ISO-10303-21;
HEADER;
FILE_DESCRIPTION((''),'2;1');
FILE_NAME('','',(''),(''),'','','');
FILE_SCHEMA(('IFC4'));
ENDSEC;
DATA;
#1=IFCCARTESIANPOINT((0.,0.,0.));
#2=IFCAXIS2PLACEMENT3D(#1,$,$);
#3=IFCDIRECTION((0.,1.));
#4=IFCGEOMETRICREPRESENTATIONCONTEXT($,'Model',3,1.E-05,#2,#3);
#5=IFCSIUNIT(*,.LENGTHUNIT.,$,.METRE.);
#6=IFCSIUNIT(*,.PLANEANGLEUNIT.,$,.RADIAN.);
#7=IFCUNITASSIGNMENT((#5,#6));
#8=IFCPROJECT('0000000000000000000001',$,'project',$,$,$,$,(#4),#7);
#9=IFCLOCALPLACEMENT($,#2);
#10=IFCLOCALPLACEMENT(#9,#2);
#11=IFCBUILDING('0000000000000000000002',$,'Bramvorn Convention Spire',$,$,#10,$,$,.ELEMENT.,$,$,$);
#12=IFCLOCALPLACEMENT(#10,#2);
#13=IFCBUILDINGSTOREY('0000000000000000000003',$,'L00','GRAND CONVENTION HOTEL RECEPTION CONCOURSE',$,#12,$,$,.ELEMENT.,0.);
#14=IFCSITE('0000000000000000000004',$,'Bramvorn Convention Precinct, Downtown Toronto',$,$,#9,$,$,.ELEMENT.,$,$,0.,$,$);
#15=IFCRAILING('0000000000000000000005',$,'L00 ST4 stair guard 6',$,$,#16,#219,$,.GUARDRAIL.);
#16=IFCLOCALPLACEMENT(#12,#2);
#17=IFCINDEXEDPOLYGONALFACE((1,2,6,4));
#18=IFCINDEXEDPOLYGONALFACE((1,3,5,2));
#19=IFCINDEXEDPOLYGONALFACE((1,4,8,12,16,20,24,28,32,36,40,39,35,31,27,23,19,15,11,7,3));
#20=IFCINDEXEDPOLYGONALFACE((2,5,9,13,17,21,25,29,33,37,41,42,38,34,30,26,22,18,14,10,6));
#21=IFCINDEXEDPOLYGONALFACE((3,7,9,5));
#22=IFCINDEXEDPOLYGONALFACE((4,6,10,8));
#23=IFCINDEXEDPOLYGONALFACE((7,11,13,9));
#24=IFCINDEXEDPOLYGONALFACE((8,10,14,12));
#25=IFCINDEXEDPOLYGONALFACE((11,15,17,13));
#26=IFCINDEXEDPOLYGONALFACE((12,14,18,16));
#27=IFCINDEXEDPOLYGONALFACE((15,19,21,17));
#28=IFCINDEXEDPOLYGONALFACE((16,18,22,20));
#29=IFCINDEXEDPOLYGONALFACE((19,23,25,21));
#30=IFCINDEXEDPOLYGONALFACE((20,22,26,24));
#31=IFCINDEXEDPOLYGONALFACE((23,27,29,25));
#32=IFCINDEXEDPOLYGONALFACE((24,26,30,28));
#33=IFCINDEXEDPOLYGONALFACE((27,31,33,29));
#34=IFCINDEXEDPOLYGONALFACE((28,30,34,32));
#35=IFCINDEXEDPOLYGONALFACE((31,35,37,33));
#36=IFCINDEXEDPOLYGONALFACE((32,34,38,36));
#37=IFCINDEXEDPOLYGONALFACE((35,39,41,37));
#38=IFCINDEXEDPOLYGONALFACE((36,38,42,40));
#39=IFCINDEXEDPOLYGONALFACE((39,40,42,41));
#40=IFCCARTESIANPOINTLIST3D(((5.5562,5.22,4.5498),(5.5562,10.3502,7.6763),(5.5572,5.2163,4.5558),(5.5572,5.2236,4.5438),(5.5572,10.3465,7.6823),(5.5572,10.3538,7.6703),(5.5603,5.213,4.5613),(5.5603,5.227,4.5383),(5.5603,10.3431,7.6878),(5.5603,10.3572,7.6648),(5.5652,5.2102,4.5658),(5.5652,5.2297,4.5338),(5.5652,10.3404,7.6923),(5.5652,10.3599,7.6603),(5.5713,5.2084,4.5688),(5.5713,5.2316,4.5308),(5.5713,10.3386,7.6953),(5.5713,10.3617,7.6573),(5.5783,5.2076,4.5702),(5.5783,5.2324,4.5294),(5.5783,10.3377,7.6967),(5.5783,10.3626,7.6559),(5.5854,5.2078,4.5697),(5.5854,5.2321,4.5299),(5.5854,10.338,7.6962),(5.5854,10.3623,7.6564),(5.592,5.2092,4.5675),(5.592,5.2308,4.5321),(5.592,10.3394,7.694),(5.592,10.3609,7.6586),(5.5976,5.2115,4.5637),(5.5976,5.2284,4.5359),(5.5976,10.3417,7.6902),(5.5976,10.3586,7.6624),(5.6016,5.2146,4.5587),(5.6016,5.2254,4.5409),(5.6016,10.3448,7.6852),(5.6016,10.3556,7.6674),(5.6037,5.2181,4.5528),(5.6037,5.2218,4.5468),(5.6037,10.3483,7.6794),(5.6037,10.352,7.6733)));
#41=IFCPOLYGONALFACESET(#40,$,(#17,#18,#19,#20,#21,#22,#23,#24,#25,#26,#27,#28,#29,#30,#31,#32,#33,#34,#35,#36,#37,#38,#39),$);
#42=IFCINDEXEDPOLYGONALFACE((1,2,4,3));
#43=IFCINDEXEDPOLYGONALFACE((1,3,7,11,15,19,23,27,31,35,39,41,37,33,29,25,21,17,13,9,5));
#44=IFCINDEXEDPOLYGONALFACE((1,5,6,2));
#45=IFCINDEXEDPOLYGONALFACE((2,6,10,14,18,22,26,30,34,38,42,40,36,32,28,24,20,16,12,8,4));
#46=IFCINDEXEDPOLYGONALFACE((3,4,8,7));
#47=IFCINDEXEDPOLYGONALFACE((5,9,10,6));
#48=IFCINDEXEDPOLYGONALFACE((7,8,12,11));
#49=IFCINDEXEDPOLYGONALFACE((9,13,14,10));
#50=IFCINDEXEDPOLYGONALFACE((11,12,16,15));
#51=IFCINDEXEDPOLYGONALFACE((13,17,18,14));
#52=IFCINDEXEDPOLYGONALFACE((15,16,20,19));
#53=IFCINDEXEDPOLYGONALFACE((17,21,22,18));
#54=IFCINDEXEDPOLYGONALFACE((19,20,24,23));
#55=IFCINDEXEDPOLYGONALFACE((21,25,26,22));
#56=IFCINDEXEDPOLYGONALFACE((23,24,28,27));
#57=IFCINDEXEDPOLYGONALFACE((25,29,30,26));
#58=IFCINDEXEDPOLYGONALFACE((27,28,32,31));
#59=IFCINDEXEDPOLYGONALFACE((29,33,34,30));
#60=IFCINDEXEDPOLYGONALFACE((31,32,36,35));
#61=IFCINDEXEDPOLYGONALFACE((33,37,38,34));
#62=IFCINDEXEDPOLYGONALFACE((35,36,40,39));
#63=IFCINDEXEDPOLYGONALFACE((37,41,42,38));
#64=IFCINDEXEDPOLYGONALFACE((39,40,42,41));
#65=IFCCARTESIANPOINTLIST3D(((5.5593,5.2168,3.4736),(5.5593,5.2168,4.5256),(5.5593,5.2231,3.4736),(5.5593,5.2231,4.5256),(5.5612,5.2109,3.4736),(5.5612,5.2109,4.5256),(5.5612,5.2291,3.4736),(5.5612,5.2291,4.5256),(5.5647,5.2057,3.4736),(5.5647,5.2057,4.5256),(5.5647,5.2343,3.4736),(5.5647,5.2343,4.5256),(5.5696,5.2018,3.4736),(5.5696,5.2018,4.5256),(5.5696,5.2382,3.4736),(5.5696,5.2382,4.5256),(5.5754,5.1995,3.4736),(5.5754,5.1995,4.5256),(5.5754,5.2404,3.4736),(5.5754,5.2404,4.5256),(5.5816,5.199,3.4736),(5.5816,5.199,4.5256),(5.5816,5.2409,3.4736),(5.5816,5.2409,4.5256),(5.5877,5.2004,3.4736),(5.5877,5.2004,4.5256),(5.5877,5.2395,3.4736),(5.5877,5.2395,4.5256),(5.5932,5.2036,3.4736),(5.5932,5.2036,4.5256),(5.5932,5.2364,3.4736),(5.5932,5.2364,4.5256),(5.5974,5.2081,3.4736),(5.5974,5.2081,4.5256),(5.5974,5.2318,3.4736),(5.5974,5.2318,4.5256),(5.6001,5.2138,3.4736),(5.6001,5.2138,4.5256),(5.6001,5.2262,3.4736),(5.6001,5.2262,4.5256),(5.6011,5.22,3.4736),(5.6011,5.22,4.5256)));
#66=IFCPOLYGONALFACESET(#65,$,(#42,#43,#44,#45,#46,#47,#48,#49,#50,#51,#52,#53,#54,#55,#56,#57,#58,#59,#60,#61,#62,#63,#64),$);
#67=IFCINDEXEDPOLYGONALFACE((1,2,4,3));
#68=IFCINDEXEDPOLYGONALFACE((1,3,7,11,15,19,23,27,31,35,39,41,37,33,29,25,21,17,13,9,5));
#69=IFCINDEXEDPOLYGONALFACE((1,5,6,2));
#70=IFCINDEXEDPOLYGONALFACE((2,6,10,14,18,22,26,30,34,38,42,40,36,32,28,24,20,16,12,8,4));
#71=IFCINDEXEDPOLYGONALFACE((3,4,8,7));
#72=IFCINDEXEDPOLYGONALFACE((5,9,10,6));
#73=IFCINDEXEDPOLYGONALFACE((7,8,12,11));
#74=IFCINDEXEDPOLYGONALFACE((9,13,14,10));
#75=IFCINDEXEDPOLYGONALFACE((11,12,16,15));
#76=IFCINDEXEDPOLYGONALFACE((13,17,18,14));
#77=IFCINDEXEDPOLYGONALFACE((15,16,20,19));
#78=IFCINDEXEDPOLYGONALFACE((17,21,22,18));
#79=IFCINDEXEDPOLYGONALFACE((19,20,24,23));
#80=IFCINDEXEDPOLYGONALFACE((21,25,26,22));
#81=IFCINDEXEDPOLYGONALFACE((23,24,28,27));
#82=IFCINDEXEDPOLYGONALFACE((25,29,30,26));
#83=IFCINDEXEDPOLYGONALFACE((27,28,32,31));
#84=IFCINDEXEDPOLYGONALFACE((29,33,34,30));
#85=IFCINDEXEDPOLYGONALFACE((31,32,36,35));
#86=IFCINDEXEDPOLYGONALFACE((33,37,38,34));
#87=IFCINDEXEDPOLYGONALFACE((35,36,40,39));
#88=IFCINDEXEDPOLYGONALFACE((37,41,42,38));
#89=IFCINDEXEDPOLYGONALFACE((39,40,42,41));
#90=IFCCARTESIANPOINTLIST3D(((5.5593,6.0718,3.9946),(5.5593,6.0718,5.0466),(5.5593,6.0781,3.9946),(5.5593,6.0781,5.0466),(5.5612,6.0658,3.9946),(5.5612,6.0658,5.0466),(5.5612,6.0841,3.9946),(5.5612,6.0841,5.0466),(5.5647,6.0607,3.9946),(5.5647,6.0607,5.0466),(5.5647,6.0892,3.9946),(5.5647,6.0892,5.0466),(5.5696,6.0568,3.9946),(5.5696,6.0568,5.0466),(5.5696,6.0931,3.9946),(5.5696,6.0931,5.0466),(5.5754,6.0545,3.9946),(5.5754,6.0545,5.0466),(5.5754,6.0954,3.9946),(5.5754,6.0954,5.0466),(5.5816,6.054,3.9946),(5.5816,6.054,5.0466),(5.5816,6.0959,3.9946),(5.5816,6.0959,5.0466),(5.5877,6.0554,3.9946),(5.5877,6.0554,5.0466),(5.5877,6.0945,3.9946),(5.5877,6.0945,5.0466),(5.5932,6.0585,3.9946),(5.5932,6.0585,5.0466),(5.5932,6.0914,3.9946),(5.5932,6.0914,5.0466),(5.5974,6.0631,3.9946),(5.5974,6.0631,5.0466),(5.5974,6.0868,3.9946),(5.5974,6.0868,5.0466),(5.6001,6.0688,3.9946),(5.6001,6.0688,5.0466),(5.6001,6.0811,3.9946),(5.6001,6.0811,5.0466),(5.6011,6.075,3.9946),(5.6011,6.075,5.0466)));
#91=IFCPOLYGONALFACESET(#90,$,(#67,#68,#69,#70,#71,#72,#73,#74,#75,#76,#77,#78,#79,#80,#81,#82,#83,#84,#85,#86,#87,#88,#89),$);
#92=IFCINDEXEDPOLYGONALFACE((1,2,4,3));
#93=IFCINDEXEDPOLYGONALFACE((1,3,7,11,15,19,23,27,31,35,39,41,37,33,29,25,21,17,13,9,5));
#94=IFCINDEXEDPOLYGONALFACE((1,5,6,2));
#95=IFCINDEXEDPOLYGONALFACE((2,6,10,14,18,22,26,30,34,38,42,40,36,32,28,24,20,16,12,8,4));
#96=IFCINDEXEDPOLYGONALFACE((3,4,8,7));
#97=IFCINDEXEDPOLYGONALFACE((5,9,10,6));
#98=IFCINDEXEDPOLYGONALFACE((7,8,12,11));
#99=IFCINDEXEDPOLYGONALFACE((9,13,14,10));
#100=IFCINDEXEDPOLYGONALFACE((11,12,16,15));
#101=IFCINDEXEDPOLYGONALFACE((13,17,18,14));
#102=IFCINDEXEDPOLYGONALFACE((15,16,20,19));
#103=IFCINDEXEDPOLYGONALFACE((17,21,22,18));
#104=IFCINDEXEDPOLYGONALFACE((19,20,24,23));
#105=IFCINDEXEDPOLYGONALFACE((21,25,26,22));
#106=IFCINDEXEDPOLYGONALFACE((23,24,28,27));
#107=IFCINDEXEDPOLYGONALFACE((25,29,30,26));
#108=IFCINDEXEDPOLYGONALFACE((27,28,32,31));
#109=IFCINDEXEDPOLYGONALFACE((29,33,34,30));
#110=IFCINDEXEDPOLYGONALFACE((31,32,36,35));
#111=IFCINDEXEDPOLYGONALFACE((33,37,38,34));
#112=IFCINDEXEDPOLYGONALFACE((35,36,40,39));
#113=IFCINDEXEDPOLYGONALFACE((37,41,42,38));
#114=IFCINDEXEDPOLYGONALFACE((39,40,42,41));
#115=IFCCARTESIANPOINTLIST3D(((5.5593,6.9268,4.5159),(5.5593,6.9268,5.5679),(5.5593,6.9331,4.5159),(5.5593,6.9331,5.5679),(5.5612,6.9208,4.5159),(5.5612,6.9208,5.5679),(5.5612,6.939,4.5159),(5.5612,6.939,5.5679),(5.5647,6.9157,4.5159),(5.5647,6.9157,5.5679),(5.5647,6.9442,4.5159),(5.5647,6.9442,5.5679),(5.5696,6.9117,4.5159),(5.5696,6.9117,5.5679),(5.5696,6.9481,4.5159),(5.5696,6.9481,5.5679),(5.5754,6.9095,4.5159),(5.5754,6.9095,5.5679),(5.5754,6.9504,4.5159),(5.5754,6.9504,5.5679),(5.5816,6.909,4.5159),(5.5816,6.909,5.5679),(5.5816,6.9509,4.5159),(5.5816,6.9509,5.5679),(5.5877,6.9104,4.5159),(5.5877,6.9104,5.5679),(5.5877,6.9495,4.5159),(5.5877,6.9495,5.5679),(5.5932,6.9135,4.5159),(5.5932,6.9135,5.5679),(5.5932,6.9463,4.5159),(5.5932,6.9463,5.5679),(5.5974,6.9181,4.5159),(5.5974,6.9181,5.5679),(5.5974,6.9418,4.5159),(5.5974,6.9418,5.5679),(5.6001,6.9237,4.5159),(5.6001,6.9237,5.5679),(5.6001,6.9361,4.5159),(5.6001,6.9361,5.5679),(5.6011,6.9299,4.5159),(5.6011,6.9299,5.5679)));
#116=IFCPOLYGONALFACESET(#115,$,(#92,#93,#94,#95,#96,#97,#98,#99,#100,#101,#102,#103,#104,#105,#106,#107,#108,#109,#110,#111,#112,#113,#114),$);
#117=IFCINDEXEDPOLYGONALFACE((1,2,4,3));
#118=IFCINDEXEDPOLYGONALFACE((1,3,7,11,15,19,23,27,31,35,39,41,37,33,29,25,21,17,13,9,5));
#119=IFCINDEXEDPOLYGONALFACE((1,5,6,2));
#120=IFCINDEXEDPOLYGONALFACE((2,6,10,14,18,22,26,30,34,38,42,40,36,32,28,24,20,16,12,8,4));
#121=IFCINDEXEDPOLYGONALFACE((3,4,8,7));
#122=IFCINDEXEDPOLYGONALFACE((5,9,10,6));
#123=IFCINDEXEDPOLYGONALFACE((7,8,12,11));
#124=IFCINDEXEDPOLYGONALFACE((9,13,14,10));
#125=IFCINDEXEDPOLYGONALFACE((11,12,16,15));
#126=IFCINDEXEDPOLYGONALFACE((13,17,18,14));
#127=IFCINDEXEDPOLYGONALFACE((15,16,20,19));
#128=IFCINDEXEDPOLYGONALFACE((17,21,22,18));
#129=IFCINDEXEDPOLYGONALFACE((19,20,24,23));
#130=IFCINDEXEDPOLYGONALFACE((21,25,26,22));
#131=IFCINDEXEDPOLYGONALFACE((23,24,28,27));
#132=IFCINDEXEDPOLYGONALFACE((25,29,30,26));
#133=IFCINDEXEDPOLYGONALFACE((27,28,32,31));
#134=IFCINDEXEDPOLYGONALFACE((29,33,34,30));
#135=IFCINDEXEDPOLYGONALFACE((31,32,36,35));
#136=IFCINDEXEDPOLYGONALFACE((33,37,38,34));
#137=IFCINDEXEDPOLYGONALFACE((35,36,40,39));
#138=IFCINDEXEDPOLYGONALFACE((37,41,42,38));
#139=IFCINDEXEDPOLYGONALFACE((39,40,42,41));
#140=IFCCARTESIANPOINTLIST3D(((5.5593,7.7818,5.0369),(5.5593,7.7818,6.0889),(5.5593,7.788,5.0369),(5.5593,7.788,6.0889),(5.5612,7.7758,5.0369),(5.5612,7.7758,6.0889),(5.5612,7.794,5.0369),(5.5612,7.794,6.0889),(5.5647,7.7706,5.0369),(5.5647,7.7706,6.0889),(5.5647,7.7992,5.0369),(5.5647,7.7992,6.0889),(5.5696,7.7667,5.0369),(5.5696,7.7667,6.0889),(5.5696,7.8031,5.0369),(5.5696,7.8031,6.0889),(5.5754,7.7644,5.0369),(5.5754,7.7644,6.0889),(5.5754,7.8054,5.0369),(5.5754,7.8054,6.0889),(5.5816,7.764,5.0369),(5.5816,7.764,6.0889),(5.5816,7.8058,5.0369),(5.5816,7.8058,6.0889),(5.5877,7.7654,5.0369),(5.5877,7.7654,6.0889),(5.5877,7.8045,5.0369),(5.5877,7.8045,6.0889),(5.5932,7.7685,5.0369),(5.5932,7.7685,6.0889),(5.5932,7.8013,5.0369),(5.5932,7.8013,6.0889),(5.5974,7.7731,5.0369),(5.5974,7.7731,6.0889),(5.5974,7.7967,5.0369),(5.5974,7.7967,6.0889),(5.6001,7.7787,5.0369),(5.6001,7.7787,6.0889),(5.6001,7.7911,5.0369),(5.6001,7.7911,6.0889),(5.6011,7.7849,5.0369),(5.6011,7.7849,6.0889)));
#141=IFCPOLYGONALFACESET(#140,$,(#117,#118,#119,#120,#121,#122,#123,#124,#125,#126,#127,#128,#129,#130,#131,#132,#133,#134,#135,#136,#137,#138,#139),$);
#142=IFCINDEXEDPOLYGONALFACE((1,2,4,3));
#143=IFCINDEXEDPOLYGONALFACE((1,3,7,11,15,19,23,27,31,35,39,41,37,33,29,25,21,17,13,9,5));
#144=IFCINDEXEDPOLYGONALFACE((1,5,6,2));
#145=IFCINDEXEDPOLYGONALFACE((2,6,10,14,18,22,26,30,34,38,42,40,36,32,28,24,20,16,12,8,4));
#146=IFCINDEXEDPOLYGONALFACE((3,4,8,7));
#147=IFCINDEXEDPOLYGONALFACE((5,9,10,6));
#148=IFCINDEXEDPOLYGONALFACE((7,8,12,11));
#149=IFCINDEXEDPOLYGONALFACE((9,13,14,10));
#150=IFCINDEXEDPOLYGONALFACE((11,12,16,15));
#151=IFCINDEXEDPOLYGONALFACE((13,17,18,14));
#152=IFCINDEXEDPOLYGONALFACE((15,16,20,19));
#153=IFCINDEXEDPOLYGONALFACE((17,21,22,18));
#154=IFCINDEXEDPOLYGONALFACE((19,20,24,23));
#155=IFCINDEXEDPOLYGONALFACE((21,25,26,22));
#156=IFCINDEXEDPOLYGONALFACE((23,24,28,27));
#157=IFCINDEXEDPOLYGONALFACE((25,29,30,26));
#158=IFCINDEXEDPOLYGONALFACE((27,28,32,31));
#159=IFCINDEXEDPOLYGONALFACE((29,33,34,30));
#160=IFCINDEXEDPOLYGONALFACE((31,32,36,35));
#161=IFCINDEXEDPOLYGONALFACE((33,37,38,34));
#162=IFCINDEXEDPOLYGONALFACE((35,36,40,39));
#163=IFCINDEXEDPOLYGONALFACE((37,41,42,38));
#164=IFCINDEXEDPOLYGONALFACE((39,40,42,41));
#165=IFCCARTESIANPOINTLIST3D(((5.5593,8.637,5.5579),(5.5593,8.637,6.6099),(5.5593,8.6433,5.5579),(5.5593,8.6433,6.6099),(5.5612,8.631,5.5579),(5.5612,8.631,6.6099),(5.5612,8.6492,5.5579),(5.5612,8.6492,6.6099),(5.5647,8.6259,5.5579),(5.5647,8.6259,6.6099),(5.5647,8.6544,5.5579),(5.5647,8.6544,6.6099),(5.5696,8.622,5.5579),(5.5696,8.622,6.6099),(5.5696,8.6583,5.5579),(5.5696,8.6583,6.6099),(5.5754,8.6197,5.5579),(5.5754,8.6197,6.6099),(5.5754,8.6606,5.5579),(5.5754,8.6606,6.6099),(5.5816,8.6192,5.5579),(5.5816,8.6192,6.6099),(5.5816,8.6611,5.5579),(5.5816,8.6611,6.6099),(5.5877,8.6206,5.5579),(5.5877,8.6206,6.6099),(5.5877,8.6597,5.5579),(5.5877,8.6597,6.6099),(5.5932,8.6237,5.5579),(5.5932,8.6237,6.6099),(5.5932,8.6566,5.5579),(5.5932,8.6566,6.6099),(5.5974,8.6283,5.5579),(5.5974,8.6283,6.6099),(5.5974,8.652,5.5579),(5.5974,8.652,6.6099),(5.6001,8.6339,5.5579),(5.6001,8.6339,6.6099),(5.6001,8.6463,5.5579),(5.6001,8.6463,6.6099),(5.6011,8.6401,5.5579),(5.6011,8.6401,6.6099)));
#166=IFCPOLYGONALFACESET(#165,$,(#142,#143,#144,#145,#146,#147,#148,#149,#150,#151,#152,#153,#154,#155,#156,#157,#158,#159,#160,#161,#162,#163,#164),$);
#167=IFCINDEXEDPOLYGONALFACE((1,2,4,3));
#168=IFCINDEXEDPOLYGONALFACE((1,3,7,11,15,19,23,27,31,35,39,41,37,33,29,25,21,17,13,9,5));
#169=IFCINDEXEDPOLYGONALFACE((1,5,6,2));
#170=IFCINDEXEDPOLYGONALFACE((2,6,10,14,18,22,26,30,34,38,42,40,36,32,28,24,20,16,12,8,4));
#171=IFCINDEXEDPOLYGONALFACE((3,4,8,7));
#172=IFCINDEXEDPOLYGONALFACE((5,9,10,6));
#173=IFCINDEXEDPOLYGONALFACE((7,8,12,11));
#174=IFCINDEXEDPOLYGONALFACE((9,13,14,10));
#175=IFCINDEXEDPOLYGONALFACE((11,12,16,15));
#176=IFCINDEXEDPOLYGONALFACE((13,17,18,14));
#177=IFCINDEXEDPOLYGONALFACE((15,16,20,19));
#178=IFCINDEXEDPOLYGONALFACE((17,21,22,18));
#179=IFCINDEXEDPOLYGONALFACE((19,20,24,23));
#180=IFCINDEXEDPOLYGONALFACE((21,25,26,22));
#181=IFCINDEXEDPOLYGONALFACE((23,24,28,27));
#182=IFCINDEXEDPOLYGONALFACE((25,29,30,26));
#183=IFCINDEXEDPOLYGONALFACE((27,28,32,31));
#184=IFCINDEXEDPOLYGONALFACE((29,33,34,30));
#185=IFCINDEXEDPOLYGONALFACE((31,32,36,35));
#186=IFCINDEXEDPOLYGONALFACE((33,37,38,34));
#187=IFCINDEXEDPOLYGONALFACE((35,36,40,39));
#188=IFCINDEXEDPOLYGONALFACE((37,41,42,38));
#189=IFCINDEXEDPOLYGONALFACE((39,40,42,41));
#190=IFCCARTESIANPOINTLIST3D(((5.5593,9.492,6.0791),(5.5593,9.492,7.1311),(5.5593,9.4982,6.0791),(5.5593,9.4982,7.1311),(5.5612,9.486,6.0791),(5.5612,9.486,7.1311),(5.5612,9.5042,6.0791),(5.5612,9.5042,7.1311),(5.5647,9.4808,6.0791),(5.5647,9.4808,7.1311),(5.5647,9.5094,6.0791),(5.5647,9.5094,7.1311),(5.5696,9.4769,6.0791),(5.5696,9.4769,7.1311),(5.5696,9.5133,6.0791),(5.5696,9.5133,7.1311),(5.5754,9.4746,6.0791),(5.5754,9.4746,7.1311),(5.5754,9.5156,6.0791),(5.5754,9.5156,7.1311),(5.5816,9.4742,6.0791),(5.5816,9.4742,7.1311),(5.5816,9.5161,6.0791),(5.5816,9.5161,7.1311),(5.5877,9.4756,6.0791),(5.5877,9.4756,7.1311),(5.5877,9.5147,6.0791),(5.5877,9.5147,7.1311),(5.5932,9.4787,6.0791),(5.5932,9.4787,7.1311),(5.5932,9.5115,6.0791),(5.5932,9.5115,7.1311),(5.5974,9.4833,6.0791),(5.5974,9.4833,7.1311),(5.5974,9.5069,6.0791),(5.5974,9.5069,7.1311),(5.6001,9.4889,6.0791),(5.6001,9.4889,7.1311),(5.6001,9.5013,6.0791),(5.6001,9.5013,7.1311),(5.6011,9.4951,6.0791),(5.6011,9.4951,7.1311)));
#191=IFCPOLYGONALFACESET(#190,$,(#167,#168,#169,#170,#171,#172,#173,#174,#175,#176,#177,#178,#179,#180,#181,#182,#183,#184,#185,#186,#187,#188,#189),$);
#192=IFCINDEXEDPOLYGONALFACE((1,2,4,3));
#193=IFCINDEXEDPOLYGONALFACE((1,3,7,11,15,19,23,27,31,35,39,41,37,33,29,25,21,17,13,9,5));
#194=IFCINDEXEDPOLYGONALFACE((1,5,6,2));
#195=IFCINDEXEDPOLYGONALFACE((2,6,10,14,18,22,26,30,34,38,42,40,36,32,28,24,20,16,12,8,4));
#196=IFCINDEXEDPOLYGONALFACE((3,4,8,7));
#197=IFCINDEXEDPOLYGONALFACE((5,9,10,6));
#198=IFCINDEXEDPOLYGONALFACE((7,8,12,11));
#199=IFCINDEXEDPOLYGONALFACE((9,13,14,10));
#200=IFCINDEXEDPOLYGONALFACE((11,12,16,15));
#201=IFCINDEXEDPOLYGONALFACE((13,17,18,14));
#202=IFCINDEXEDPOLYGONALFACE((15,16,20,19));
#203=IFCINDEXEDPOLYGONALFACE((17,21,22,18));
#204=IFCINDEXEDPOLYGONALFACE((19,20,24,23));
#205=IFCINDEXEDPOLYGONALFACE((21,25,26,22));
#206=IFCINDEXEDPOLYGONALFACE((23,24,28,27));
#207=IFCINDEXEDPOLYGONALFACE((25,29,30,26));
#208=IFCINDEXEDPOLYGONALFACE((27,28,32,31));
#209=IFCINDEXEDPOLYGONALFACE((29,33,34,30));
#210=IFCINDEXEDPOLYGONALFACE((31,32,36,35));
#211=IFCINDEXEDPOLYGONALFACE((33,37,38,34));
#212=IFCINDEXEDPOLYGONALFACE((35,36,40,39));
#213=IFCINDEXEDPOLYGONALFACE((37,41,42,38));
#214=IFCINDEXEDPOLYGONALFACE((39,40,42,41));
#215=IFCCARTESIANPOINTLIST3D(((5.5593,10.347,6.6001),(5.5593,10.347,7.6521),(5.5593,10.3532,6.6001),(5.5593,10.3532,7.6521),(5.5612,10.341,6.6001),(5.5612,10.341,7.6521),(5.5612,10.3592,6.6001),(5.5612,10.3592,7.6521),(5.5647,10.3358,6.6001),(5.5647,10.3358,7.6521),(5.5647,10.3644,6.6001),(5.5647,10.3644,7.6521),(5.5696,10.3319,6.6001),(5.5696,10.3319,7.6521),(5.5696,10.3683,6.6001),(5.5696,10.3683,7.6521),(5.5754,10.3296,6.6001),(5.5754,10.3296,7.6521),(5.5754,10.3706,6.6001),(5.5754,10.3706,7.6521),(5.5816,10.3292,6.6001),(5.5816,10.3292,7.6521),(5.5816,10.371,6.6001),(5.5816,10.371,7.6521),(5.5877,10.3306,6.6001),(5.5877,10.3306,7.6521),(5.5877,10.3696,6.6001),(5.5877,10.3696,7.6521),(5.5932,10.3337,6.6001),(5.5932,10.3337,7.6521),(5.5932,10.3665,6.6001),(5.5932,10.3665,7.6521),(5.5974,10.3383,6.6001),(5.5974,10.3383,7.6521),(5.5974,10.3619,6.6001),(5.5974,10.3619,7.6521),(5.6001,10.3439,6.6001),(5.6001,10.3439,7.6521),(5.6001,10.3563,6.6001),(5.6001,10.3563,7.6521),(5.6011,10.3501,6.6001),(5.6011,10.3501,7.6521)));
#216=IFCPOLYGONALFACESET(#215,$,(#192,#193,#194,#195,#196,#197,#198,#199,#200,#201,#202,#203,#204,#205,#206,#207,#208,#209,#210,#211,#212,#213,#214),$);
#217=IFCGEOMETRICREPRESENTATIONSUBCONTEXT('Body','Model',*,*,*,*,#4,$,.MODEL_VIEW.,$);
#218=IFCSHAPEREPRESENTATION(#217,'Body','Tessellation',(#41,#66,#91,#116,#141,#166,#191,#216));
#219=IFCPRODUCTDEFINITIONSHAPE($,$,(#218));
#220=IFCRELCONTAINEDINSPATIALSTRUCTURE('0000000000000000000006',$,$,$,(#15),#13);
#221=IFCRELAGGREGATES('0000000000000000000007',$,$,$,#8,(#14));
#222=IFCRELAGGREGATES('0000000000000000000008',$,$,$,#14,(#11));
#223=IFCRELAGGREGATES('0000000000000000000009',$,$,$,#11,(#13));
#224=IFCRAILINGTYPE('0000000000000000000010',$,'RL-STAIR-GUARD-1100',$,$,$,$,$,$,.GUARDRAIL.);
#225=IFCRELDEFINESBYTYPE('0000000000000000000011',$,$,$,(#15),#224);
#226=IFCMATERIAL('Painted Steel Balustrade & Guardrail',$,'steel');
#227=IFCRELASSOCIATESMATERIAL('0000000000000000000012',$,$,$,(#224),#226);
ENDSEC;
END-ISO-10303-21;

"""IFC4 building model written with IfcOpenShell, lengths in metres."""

from ifc_helpers import new_model, si_unit, direction, frame, origin, origin_2d, place, context, subcontext, project, spatial, circle, extrude, material, type_object, element, save


model = new_model("IFC4")

# Units and contexts
model_context = context("Model", 3, precision=1e-05, world=origin(), true_north=direction((0.0, 1.0)))
body_context = subcontext(model_context, "Body", "Model", "MODEL_VIEW")
ifc_project = project(units=[si_unit("LENGTHUNIT", "METRE"), si_unit("PLANEANGLEUNIT", "RADIAN")], contexts=[model_context])

# Site, building, storey
site_placement = place(None, origin())
site = spatial("IfcSite", under=ifc_project, at=site_placement, Name="Bramvorn Convention Precinct, Downtown Toronto", CompositionType="ELEMENT", RefElevation=0.0)
building_placement = place(site_placement, origin())
building = spatial("IfcBuilding", under=site, at=building_placement, Name="Bramvorn Convention Spire", CompositionType="ELEMENT")
storey_placement = place(building_placement, origin())
storey = spatial("IfcBuildingStorey", under=building, at=storey_placement, Name="L00", Description="GRAND CONVENTION HOTEL RECEPTION CONCOURSE", CompositionType="ELEMENT", Elevation=0.0)

# Railing
ifc_material_1 = material(Name="Painted Steel Balustrade & Guardrail", Category="steel")
railing_type_1 = type_object("IfcRailingType", Name="RL-STAIR-GUARD-1100", PredefinedType="GUARDRAIL", material=ifc_material_1)
railing_1_placement = place(storey_placement, frame((5.5801, 5.22, 3.4736)))
element("IfcRailing", 1, at=railing_1_placement, inside=storey, type_object=railing_type_1, Name="L00 ST4 stair guard 6", PredefinedType="GUARDRAIL", context=body_context, shape_type="SweptSolid", body=[
    extrude(circle(Radius=0.0239, at=origin_2d()), frame((0.0, 0.0, 1.0762), z_axis=(0.0, 0.853919, 0.520406), x_axis=(-1.0, 0.0, 0.0)), (0.0, 0.0, 1.0), 6.0078),
    extrude(circle(Radius=0.021, at=origin_2d()), origin(), (0.0, 0.0, 1.0), 1.052),
    extrude(circle(Radius=0.021, at=origin_2d()), frame((0.0, 0.855, 0.521)), (0.0, 0.0, 1.0), 1.052),
    extrude(circle(Radius=0.021, at=origin_2d()), frame((0.0, 1.71, 1.0422)), (0.0, 0.0, 1.0), 1.052),
    extrude(circle(Radius=0.021, at=origin_2d()), frame((0.0, 2.5649, 1.5632)), (0.0, 0.0, 1.0), 1.052),
    extrude(circle(Radius=0.021, at=origin_2d()), frame((0.0, 3.4202, 2.0842)), (0.0, 0.0, 1.0), 1.052),
    extrude(circle(Radius=0.021, at=origin_2d()), frame((0.0, 4.2751, 2.6055)), (0.0, 0.0, 1.0), 1.052),
    extrude(circle(Radius=0.021, at=origin_2d()), frame((0.0, 5.1301, 3.1265)), (0.0, 0.0, 1.0), 1.052),
])

save(model, "model.ifc")
